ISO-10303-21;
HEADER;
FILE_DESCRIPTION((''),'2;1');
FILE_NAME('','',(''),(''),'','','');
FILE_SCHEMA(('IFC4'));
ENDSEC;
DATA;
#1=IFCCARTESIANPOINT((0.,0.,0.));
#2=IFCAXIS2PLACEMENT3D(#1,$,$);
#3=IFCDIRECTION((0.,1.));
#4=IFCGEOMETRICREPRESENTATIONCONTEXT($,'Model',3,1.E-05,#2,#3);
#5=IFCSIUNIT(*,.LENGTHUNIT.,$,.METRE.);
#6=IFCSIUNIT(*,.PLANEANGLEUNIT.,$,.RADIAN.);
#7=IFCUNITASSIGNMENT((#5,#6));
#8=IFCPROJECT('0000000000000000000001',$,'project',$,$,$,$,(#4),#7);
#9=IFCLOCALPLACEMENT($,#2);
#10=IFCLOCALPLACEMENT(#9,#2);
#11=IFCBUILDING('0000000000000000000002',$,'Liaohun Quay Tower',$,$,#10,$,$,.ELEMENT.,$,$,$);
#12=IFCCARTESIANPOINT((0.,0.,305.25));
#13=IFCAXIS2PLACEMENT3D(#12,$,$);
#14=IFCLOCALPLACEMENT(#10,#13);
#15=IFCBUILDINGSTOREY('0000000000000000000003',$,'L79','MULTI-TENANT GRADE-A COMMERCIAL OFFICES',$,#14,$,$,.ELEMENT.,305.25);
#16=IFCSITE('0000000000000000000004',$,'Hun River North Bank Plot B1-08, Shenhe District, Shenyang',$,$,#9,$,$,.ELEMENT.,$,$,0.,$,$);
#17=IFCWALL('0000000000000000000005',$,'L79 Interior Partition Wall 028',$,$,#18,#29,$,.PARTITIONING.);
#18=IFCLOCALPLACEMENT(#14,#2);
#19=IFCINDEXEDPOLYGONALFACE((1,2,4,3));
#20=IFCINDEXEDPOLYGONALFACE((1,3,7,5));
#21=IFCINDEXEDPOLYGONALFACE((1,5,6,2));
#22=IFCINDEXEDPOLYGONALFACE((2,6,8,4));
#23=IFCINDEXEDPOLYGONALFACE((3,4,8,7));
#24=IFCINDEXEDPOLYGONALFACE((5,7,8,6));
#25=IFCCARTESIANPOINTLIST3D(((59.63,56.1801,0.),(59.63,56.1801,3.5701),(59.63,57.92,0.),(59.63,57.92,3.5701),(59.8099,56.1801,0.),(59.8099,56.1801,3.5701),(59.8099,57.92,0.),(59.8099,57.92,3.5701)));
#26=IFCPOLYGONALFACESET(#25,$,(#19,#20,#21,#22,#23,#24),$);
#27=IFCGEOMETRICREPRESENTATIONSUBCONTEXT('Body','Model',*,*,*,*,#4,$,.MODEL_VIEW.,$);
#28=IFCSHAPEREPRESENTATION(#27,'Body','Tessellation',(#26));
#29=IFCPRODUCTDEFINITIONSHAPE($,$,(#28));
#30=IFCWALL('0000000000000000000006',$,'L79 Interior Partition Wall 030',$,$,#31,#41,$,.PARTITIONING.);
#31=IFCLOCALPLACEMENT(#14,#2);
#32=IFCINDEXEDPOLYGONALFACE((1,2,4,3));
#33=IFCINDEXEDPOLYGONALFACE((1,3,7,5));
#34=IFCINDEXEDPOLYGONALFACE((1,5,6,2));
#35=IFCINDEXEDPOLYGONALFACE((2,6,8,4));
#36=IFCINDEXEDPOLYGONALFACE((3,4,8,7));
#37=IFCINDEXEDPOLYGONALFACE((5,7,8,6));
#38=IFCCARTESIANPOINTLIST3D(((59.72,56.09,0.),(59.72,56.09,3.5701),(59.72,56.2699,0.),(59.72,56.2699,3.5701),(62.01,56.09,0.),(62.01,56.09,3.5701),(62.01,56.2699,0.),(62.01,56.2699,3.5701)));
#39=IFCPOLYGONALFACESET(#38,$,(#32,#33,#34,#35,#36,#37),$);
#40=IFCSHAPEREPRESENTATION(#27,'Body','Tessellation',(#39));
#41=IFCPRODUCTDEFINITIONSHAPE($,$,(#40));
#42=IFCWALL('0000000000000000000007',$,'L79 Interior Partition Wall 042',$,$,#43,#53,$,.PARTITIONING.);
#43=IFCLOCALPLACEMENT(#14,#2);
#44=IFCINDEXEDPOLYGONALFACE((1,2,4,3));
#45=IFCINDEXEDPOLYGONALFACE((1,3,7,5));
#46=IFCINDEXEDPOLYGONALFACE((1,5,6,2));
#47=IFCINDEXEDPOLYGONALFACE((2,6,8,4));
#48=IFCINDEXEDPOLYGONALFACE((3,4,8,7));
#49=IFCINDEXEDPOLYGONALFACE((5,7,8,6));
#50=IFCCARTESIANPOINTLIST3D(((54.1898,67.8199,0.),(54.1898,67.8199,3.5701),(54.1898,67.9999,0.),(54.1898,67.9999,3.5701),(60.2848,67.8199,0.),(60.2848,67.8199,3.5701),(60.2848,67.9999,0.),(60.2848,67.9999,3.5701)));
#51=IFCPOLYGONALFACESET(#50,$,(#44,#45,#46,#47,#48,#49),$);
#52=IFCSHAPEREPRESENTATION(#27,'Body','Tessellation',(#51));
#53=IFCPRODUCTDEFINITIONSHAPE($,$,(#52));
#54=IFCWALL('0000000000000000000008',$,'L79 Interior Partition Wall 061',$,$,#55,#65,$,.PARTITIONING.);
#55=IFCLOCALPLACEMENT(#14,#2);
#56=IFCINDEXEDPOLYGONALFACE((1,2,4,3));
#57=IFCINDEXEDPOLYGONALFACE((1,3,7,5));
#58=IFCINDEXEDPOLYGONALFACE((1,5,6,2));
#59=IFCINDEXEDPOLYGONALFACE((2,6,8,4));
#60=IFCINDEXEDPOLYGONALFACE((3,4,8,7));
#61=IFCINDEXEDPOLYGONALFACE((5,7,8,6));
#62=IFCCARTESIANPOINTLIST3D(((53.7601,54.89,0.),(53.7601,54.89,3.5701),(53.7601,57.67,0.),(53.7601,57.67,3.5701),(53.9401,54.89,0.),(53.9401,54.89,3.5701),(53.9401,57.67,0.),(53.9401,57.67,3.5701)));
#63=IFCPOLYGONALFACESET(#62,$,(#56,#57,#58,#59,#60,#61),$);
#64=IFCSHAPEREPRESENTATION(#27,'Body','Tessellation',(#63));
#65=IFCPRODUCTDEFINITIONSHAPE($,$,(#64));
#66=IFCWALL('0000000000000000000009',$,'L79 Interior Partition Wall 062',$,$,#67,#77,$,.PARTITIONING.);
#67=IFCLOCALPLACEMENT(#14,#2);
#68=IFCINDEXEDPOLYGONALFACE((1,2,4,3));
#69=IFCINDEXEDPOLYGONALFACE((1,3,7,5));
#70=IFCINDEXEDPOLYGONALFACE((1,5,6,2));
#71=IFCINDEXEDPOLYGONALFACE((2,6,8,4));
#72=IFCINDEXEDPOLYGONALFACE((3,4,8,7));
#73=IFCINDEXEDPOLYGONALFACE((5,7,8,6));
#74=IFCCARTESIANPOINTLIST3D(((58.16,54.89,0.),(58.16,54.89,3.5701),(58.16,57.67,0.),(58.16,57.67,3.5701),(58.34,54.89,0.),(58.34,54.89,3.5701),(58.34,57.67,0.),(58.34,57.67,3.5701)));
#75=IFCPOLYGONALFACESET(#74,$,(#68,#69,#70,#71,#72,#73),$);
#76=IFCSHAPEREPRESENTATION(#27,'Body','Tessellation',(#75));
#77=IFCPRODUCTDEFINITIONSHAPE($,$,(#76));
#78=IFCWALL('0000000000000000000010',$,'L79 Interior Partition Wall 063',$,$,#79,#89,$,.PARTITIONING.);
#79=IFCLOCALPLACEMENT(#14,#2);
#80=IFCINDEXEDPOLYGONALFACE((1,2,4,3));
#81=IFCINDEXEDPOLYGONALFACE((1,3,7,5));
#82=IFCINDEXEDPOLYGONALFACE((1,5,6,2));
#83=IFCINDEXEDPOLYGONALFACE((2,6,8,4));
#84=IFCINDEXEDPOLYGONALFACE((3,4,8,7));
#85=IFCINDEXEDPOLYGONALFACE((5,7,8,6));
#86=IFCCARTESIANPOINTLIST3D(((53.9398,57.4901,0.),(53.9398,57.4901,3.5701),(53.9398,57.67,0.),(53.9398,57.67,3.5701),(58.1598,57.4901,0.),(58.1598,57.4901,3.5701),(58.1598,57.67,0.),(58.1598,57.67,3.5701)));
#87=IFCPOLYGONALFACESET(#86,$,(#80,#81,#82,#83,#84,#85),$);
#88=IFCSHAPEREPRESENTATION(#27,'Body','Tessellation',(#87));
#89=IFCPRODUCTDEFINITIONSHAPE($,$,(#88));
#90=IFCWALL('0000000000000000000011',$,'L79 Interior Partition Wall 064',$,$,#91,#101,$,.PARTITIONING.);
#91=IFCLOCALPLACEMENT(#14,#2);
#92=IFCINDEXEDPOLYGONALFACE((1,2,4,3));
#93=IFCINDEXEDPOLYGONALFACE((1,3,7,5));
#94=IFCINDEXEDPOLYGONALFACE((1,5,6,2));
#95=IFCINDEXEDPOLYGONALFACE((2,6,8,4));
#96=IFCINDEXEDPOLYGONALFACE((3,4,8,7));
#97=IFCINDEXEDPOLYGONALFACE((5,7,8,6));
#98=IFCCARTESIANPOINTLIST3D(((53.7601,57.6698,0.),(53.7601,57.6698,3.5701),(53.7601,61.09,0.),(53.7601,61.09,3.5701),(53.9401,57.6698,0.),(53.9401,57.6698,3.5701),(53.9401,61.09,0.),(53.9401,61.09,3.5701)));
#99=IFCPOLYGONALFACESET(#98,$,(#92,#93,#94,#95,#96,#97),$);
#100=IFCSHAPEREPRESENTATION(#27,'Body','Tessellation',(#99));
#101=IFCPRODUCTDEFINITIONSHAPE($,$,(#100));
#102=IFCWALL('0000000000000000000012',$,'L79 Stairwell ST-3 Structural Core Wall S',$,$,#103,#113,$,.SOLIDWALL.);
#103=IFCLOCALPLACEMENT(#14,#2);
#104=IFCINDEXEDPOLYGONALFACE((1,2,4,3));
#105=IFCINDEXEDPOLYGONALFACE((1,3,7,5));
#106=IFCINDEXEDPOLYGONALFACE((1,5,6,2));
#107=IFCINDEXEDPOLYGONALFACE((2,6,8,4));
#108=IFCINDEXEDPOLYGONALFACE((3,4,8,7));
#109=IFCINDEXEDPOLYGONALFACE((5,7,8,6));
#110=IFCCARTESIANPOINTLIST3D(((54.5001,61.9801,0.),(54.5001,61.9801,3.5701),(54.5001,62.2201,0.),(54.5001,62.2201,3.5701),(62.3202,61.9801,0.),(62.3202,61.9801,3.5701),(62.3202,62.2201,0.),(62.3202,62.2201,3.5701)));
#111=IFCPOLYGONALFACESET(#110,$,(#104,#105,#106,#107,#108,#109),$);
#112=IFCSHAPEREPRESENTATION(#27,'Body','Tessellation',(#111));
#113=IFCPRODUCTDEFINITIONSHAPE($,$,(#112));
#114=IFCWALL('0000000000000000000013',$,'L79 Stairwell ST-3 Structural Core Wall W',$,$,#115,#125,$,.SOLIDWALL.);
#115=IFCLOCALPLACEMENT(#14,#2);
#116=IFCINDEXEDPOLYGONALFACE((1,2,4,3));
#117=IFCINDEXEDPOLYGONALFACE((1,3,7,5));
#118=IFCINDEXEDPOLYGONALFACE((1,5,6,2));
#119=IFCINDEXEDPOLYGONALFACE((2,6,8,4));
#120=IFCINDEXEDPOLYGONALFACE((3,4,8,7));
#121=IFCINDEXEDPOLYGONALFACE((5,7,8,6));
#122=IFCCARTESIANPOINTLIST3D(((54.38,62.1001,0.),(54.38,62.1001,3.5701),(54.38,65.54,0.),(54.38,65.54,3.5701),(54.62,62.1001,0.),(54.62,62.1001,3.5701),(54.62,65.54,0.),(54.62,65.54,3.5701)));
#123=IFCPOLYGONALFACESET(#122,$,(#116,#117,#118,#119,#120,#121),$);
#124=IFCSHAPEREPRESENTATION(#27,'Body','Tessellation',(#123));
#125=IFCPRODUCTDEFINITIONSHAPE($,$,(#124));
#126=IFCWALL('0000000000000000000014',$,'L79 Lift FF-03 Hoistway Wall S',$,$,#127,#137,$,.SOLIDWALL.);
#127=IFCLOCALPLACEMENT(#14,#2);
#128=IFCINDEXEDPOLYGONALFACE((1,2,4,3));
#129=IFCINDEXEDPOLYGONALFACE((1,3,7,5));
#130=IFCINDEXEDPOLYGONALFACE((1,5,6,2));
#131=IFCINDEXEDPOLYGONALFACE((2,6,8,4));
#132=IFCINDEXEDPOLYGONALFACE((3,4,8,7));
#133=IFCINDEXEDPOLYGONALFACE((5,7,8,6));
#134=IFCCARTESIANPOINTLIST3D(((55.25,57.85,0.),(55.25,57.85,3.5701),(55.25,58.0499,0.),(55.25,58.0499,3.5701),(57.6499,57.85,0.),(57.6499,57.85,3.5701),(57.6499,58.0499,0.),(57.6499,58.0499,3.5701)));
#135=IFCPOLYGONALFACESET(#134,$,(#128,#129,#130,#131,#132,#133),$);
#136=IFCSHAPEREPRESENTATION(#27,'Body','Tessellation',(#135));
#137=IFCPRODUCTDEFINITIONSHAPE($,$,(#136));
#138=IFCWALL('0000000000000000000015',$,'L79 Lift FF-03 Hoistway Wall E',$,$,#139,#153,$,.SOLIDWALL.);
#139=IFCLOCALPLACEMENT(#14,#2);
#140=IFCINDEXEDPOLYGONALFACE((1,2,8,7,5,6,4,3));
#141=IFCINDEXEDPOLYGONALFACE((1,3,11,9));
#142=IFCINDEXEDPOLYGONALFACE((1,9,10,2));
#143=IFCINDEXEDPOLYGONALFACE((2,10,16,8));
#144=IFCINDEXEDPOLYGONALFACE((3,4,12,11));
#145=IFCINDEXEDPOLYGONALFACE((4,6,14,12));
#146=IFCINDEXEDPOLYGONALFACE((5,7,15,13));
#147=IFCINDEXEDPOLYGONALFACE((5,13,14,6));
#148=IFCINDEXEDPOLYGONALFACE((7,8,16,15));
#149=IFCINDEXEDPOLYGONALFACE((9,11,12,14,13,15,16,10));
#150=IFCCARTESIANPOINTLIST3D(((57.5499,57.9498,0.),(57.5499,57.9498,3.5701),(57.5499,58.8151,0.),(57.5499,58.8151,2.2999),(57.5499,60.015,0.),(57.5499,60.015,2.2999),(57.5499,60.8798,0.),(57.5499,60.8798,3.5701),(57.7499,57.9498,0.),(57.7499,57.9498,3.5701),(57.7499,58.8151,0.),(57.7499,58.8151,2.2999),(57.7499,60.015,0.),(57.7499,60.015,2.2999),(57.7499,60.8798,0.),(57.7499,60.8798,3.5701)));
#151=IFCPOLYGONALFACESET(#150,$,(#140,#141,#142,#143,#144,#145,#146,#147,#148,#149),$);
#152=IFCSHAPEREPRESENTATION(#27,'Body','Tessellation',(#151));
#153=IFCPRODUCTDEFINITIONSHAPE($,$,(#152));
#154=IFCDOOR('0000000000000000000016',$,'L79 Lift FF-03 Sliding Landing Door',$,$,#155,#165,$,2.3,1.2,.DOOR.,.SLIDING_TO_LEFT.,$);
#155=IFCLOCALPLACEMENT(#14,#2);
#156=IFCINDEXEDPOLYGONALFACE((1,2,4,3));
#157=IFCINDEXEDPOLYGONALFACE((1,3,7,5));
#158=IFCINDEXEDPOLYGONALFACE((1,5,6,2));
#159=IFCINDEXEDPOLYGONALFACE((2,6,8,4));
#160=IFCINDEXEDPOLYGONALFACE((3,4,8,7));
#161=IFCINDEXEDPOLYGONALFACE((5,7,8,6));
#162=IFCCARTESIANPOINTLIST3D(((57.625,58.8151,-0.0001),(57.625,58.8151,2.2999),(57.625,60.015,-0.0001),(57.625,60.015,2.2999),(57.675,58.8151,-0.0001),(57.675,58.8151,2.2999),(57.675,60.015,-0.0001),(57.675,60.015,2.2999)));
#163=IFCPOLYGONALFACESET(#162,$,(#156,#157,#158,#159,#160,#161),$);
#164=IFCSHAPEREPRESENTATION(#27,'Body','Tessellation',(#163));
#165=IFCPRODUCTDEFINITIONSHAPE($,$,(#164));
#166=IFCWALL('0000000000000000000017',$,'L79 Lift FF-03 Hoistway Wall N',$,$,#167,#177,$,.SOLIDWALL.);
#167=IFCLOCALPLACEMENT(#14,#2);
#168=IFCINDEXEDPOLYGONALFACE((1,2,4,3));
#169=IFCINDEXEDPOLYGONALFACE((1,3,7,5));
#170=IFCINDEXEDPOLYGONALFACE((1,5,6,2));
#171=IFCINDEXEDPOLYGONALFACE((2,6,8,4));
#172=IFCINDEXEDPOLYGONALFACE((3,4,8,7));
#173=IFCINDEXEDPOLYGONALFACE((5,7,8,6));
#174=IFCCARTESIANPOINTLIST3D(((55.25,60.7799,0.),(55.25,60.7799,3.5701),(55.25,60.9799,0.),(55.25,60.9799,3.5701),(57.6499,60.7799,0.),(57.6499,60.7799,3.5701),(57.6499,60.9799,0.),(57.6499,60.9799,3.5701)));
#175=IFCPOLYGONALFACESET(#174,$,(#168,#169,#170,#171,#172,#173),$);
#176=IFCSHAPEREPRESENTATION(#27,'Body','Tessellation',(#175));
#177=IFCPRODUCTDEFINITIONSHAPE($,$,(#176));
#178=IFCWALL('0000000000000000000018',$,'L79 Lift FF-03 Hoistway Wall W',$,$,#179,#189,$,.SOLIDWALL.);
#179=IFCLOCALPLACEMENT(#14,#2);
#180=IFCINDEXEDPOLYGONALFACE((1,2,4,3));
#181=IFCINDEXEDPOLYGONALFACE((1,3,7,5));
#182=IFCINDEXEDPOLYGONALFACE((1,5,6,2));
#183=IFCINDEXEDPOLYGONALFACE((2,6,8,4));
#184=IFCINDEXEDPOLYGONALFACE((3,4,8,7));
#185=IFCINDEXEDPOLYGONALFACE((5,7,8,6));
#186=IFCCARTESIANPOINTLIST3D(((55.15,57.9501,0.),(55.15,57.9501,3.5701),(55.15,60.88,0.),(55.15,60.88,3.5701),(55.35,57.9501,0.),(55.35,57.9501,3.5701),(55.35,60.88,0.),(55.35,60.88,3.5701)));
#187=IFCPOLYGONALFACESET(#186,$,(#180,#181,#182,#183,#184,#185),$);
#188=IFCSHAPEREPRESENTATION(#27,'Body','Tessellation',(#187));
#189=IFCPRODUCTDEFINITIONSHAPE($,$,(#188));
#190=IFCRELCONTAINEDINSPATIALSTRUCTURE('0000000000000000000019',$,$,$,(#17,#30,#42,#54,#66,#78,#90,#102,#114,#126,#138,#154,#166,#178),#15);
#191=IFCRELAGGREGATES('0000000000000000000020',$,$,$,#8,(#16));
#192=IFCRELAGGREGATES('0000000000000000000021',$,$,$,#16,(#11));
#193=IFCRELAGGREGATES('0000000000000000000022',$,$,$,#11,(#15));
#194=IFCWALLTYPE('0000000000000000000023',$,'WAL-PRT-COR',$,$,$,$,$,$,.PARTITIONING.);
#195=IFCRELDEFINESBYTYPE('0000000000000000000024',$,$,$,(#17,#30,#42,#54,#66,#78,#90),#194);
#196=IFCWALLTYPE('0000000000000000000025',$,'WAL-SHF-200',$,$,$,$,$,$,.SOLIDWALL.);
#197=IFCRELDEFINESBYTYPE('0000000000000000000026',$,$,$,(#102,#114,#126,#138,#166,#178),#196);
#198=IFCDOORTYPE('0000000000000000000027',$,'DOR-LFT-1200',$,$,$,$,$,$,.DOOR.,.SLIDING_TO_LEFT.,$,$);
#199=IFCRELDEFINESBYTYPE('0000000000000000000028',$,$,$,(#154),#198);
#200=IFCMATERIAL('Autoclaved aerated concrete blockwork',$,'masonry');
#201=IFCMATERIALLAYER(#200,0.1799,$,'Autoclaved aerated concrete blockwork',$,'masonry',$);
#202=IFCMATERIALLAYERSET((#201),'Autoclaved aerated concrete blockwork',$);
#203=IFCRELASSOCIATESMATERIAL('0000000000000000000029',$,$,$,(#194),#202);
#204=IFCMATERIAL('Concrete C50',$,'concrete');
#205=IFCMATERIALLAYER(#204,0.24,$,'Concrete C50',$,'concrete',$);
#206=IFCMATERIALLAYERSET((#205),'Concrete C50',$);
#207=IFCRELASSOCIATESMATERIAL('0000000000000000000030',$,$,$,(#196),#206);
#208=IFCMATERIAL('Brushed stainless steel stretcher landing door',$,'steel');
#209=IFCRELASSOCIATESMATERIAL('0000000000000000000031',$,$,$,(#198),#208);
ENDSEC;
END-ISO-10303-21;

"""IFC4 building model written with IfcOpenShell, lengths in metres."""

from ifc_helpers import new_model, si_unit, direction, frame, frame_2d, origin, place, context, subcontext, project, spatial, rectangle, extrude, source, transform, mapped, material, layer, layer_set, type_object, element, fill, save


model = new_model("IFC4")

# Units and contexts
model_context = context("Model", 3, precision=1e-05, world=origin(), true_north=direction((0.0, 1.0)))
body_context = subcontext(model_context, "Body", "Model", "MODEL_VIEW")
ifc_project = project(units=[si_unit("LENGTHUNIT", "METRE"), si_unit("PLANEANGLEUNIT", "RADIAN")], contexts=[model_context])

# Site, building, storey
site_placement = place(None, origin())
site = spatial("IfcSite", under=ifc_project, at=site_placement, Name="Hun River North Bank Plot B1-08, Shenhe District, Shenyang", CompositionType="ELEMENT", RefElevation=0.0)
building_placement = place(site_placement, origin())
building = spatial("IfcBuilding", under=site, at=building_placement, Name="Liaohun Quay Tower", CompositionType="ELEMENT")
storey_placement = place(building_placement, frame((0.0, 0.0, 305.25)))
storey = spatial("IfcBuildingStorey", under=building, at=storey_placement, Name="L79", Description="MULTI-TENANT GRADE-A COMMERCIAL OFFICES", CompositionType="ELEMENT", Elevation=305.25)

# Shared definitions
ifc_material_1 = material(Name="Concrete C50", Category="concrete")

# Shared definitions
ifc_material_2 = material(Name="Autoclaved aerated concrete blockwork", Category="masonry")
ifc_layer_1 = layer(ifc_material_2, 0.1799, Name="Autoclaved aerated concrete blockwork", Category="masonry")
ifc_layer_set_1 = layer_set([ifc_layer_1], Name="Autoclaved aerated concrete blockwork")
wall_type_1 = type_object("IfcWallType", Name="WAL-PRT-COR", PredefinedType="PARTITIONING", material=ifc_layer_set_1)

# Walls
wall_1_placement = place(storey_placement, frame((59.72, 56.1799, 0.0), z_axis=(0.0, 0.0, 1.0), x_axis=(0.0, 1.0, 0.0)))
element("IfcWall", 1, at=wall_1_placement, inside=storey, type_object=wall_type_1, Name="L79 Interior Partition Wall 028", PredefinedType="PARTITIONING", context=body_context, shape_type="SweptSolid", body=[
    extrude(rectangle(XDim=1.74, YDim=0.1799, at=frame_2d((0.8701, 0.0))), origin(), (0.0, 0.0, 1.0), 3.5701),
])
wall_2_placement = place(storey_placement, frame((59.72, 56.1799, 0.0), z_axis=(0.0, 0.0, 1.0), x_axis=(1.0, 0.0, 0.0)))
element("IfcWall", 2, at=wall_2_placement, inside=storey, type_object=wall_type_1, Name="L79 Interior Partition Wall 030", PredefinedType="PARTITIONING", context=body_context, shape_type="SweptSolid", body=[
    extrude(rectangle(XDim=2.29, YDim=0.1799, at=frame_2d((1.145, 0.0))), origin(), (0.0, 0.0, 1.0), 3.5701),
])
wall_3_placement = place(storey_placement, frame((54.1899, 67.9099, 0.0), z_axis=(0.0, 0.0, 1.0), x_axis=(1.0, 0.0, 0.0)))
element("IfcWall", 3, at=wall_3_placement, inside=storey, type_object=wall_type_1, Name="L79 Interior Partition Wall 042", PredefinedType="PARTITIONING", context=body_context, shape_type="SweptSolid", body=[
    extrude(rectangle(XDim=6.095, YDim=0.1799, at=frame_2d((3.0474, 0.0))), origin(), (0.0, 0.0, 1.0), 3.5701),
])
for number, where, z_axis, x_axis, name in (
    (4, (53.8501, 54.8899, 0.0), (0.0, 0.0, 1.0), (0.0, 1.0, 0.0), "L79 Interior Partition Wall 061"),
    (5, (58.25, 54.8899, 0.0), (0.0, 0.0, 1.0), (0.0, 1.0, 0.0), "L79 Interior Partition Wall 062"),
):
    element("IfcWall", number, at=place(storey_placement, frame(where, z_axis=z_axis, x_axis=x_axis)), inside=storey, type_object=wall_type_1, Name=name, PredefinedType="PARTITIONING", context=body_context, shape_type="SweptSolid", body=[
        extrude(rectangle(XDim=2.78, YDim=0.1799, at=frame_2d((1.3901, 0.0))), origin(), (0.0, 0.0, 1.0), 3.5701),
    ])
wall_4_placement = place(storey_placement, frame((53.9399, 57.5801, 0.0), z_axis=(0.0, 0.0, 1.0), x_axis=(1.0, 0.0, 0.0)))
element("IfcWall", 6, at=wall_4_placement, inside=storey, type_object=wall_type_1, Name="L79 Interior Partition Wall 063", PredefinedType="PARTITIONING", context=body_context, shape_type="SweptSolid", body=[
    extrude(rectangle(XDim=4.22, YDim=0.1799, at=frame_2d((2.1099, 0.0))), origin(), (0.0, 0.0, 1.0), 3.5701),
])
wall_5_placement = place(storey_placement, frame((53.8501, 57.6699, 0.0), z_axis=(0.0, 0.0, 1.0), x_axis=(0.0, 1.0, 0.0)))
element("IfcWall", 7, at=wall_5_placement, inside=storey, type_object=wall_type_1, Name="L79 Interior Partition Wall 064", PredefinedType="PARTITIONING", context=body_context, shape_type="SweptSolid", body=[
    extrude(rectangle(XDim=3.4202, YDim=0.1799, at=frame_2d((1.71, 0.0))), origin(), (0.0, 0.0, 1.0), 3.5701),
])
ifc_layer_2 = layer(ifc_material_1, 0.24, Name="Concrete C50", Category="concrete")
ifc_layer_set_2 = layer_set([ifc_layer_2], Name="Concrete C50")
wall_type_2 = type_object("IfcWallType", Name="WAL-SHF-200", PredefinedType="SOLIDWALL", material=ifc_layer_set_2)
wall_6_placement = place(storey_placement, frame((54.5, 62.1001, 0.0), z_axis=(0.0, 0.0, 1.0), x_axis=(1.0, 0.0, 0.0)))
element("IfcWall", 8, at=wall_6_placement, inside=storey, type_object=wall_type_2, Name="L79 Stairwell ST-3 Structural Core Wall S", PredefinedType="SOLIDWALL", context=body_context, shape_type="SweptSolid", body=[
    extrude(rectangle(XDim=7.8201, YDim=0.24, at=frame_2d((3.9102, 0.0))), origin(), (0.0, 0.0, 1.0), 3.5701),
])
wall_7_placement = place(storey_placement, frame((54.5, 65.54, 0.0), z_axis=(0.0, 0.0, 1.0), x_axis=(0.0, -1.0, 0.0)))
element("IfcWall", 9, at=wall_7_placement, inside=storey, type_object=wall_type_2, Name="L79 Stairwell ST-3 Structural Core Wall W", PredefinedType="SOLIDWALL", context=body_context, shape_type="SweptSolid", body=[
    extrude(rectangle(XDim=3.4399, YDim=0.24, at=frame_2d((1.72, 0.0))), origin(), (0.0, 0.0, 1.0), 3.5701),
])
wall_8_placement = place(storey_placement, frame((55.25, 57.95, 0.0), z_axis=(0.0, 0.0, 1.0), x_axis=(1.0, 0.0, 0.0)))
element("IfcWall", 10, at=wall_8_placement, inside=storey, type_object=wall_type_2, Name="L79 Lift FF-03 Hoistway Wall S", PredefinedType="SOLIDWALL", context=body_context, shape_type="SweptSolid", body=[
    extrude(rectangle(XDim=2.3999, YDim=0.2, at=frame_2d((1.2, 0.0))), origin(), (0.0, 0.0, 1.0), 3.5701),
])

# Wall, opening, door
wall_9_placement = place(storey_placement, frame((57.6499, 57.95, 0.0), z_axis=(0.0, 0.0, 1.0), x_axis=(0.0, 1.0, 0.0)))
wall_9 = element("IfcWall", 11, at=wall_9_placement, inside=storey, type_object=wall_type_2, Name="L79 Lift FF-03 Hoistway Wall E", PredefinedType="SOLIDWALL", context=body_context, shape_type="SweptSolid", body=[
    extrude(rectangle(XDim=2.9299, YDim=0.2, at=frame_2d((1.4648, 0.0))), origin(), (0.0, 0.0, 1.0), 3.5701),
])
shared_shape_1 = source(origin(), body_context, "Body", "SweptSolid", [
    extrude(rectangle(XDim=1.2, YDim=2.3, at=frame_2d((0.6001, 1.1499))), frame((0.0, 0.1099, 0.0), z_axis=(0.0, -1.0, 0.0), x_axis=(1.0, 0.0, 0.0)), (0.0, 0.0, 1.0), 0.22),
])
opening_1_placement = place(wall_9_placement, frame((0.865, 0.0, 0.0)))
opening_1 = element("IfcOpeningElement", 12, at=opening_1_placement, cuts=wall_9, PredefinedType="OPENING", context=body_context, shape_type="MappedRepresentation", body=[
    mapped(shared_shape_1, transform((0.0, 0.0, 0.0), x_axis=(1.0, 0.0, 0.0), y_axis=(0.0, 1.0, 0.0), z_axis=(0.0, 0.0, 1.0), scale=1.0)),
])
ifc_material_3 = material(Name="Brushed stainless steel stretcher landing door", Category="steel")
door_type_1 = type_object("IfcDoorType", Name="DOR-LFT-1200", OperationType="SLIDING_TO_LEFT", PredefinedType="DOOR", material=ifc_material_3)
shared_shape_2 = source(origin(), body_context, "Body", "SweptSolid", [
    extrude(rectangle(XDim=1.2, YDim=2.3, at=frame_2d((0.6001, 1.1499))), frame((0.0, 0.0249, 0.0), z_axis=(0.0, -1.0, 0.0), x_axis=(1.0, 0.0, 0.0)), (0.0, 0.0, 1.0), 0.05),
])
door_1_placement = place(opening_1_placement, origin())
door_1 = element("IfcDoor", 13, at=door_1_placement, inside=storey, type_object=door_type_1, Name="L79 Lift FF-03 Sliding Landing Door", OperationType="SLIDING_TO_LEFT", OverallHeight=2.3, OverallWidth=1.2, PredefinedType="DOOR", context=body_context, shape_type="MappedRepresentation", body=[
    mapped(shared_shape_2, transform((0.0, 0.0, 0.0), x_axis=(1.0, 0.0, 0.0), y_axis=(0.0, 1.0, 0.0), z_axis=(0.0, 0.0, 1.0), scale=1.0)),
])
fill(opening_1, door_1)

# Walls
wall_10_placement = place(storey_placement, frame((57.6499, 60.8799, 0.0), z_axis=(0.0, 0.0, 1.0), x_axis=(-1.0, 0.0, 0.0)))
element("IfcWall", 14, at=wall_10_placement, inside=storey, type_object=wall_type_2, Name="L79 Lift FF-03 Hoistway Wall N", PredefinedType="SOLIDWALL", context=body_context, shape_type="SweptSolid", body=[
    extrude(rectangle(XDim=2.3999, YDim=0.2, at=frame_2d((1.2, 0.0))), origin(), (0.0, 0.0, 1.0), 3.5701),
])
wall_11_placement = place(storey_placement, frame((55.25, 60.8799, 0.0), z_axis=(0.0, 0.0, 1.0), x_axis=(0.0, -1.0, 0.0)))
element("IfcWall", 15, at=wall_11_placement, inside=storey, type_object=wall_type_2, Name="L79 Lift FF-03 Hoistway Wall W", PredefinedType="SOLIDWALL", context=body_context, shape_type="SweptSolid", body=[
    extrude(rectangle(XDim=2.9299, YDim=0.2, at=frame_2d((1.4648, 0.0))), origin(), (0.0, 0.0, 1.0), 3.5701),
])

save(model, "model.ifc")
